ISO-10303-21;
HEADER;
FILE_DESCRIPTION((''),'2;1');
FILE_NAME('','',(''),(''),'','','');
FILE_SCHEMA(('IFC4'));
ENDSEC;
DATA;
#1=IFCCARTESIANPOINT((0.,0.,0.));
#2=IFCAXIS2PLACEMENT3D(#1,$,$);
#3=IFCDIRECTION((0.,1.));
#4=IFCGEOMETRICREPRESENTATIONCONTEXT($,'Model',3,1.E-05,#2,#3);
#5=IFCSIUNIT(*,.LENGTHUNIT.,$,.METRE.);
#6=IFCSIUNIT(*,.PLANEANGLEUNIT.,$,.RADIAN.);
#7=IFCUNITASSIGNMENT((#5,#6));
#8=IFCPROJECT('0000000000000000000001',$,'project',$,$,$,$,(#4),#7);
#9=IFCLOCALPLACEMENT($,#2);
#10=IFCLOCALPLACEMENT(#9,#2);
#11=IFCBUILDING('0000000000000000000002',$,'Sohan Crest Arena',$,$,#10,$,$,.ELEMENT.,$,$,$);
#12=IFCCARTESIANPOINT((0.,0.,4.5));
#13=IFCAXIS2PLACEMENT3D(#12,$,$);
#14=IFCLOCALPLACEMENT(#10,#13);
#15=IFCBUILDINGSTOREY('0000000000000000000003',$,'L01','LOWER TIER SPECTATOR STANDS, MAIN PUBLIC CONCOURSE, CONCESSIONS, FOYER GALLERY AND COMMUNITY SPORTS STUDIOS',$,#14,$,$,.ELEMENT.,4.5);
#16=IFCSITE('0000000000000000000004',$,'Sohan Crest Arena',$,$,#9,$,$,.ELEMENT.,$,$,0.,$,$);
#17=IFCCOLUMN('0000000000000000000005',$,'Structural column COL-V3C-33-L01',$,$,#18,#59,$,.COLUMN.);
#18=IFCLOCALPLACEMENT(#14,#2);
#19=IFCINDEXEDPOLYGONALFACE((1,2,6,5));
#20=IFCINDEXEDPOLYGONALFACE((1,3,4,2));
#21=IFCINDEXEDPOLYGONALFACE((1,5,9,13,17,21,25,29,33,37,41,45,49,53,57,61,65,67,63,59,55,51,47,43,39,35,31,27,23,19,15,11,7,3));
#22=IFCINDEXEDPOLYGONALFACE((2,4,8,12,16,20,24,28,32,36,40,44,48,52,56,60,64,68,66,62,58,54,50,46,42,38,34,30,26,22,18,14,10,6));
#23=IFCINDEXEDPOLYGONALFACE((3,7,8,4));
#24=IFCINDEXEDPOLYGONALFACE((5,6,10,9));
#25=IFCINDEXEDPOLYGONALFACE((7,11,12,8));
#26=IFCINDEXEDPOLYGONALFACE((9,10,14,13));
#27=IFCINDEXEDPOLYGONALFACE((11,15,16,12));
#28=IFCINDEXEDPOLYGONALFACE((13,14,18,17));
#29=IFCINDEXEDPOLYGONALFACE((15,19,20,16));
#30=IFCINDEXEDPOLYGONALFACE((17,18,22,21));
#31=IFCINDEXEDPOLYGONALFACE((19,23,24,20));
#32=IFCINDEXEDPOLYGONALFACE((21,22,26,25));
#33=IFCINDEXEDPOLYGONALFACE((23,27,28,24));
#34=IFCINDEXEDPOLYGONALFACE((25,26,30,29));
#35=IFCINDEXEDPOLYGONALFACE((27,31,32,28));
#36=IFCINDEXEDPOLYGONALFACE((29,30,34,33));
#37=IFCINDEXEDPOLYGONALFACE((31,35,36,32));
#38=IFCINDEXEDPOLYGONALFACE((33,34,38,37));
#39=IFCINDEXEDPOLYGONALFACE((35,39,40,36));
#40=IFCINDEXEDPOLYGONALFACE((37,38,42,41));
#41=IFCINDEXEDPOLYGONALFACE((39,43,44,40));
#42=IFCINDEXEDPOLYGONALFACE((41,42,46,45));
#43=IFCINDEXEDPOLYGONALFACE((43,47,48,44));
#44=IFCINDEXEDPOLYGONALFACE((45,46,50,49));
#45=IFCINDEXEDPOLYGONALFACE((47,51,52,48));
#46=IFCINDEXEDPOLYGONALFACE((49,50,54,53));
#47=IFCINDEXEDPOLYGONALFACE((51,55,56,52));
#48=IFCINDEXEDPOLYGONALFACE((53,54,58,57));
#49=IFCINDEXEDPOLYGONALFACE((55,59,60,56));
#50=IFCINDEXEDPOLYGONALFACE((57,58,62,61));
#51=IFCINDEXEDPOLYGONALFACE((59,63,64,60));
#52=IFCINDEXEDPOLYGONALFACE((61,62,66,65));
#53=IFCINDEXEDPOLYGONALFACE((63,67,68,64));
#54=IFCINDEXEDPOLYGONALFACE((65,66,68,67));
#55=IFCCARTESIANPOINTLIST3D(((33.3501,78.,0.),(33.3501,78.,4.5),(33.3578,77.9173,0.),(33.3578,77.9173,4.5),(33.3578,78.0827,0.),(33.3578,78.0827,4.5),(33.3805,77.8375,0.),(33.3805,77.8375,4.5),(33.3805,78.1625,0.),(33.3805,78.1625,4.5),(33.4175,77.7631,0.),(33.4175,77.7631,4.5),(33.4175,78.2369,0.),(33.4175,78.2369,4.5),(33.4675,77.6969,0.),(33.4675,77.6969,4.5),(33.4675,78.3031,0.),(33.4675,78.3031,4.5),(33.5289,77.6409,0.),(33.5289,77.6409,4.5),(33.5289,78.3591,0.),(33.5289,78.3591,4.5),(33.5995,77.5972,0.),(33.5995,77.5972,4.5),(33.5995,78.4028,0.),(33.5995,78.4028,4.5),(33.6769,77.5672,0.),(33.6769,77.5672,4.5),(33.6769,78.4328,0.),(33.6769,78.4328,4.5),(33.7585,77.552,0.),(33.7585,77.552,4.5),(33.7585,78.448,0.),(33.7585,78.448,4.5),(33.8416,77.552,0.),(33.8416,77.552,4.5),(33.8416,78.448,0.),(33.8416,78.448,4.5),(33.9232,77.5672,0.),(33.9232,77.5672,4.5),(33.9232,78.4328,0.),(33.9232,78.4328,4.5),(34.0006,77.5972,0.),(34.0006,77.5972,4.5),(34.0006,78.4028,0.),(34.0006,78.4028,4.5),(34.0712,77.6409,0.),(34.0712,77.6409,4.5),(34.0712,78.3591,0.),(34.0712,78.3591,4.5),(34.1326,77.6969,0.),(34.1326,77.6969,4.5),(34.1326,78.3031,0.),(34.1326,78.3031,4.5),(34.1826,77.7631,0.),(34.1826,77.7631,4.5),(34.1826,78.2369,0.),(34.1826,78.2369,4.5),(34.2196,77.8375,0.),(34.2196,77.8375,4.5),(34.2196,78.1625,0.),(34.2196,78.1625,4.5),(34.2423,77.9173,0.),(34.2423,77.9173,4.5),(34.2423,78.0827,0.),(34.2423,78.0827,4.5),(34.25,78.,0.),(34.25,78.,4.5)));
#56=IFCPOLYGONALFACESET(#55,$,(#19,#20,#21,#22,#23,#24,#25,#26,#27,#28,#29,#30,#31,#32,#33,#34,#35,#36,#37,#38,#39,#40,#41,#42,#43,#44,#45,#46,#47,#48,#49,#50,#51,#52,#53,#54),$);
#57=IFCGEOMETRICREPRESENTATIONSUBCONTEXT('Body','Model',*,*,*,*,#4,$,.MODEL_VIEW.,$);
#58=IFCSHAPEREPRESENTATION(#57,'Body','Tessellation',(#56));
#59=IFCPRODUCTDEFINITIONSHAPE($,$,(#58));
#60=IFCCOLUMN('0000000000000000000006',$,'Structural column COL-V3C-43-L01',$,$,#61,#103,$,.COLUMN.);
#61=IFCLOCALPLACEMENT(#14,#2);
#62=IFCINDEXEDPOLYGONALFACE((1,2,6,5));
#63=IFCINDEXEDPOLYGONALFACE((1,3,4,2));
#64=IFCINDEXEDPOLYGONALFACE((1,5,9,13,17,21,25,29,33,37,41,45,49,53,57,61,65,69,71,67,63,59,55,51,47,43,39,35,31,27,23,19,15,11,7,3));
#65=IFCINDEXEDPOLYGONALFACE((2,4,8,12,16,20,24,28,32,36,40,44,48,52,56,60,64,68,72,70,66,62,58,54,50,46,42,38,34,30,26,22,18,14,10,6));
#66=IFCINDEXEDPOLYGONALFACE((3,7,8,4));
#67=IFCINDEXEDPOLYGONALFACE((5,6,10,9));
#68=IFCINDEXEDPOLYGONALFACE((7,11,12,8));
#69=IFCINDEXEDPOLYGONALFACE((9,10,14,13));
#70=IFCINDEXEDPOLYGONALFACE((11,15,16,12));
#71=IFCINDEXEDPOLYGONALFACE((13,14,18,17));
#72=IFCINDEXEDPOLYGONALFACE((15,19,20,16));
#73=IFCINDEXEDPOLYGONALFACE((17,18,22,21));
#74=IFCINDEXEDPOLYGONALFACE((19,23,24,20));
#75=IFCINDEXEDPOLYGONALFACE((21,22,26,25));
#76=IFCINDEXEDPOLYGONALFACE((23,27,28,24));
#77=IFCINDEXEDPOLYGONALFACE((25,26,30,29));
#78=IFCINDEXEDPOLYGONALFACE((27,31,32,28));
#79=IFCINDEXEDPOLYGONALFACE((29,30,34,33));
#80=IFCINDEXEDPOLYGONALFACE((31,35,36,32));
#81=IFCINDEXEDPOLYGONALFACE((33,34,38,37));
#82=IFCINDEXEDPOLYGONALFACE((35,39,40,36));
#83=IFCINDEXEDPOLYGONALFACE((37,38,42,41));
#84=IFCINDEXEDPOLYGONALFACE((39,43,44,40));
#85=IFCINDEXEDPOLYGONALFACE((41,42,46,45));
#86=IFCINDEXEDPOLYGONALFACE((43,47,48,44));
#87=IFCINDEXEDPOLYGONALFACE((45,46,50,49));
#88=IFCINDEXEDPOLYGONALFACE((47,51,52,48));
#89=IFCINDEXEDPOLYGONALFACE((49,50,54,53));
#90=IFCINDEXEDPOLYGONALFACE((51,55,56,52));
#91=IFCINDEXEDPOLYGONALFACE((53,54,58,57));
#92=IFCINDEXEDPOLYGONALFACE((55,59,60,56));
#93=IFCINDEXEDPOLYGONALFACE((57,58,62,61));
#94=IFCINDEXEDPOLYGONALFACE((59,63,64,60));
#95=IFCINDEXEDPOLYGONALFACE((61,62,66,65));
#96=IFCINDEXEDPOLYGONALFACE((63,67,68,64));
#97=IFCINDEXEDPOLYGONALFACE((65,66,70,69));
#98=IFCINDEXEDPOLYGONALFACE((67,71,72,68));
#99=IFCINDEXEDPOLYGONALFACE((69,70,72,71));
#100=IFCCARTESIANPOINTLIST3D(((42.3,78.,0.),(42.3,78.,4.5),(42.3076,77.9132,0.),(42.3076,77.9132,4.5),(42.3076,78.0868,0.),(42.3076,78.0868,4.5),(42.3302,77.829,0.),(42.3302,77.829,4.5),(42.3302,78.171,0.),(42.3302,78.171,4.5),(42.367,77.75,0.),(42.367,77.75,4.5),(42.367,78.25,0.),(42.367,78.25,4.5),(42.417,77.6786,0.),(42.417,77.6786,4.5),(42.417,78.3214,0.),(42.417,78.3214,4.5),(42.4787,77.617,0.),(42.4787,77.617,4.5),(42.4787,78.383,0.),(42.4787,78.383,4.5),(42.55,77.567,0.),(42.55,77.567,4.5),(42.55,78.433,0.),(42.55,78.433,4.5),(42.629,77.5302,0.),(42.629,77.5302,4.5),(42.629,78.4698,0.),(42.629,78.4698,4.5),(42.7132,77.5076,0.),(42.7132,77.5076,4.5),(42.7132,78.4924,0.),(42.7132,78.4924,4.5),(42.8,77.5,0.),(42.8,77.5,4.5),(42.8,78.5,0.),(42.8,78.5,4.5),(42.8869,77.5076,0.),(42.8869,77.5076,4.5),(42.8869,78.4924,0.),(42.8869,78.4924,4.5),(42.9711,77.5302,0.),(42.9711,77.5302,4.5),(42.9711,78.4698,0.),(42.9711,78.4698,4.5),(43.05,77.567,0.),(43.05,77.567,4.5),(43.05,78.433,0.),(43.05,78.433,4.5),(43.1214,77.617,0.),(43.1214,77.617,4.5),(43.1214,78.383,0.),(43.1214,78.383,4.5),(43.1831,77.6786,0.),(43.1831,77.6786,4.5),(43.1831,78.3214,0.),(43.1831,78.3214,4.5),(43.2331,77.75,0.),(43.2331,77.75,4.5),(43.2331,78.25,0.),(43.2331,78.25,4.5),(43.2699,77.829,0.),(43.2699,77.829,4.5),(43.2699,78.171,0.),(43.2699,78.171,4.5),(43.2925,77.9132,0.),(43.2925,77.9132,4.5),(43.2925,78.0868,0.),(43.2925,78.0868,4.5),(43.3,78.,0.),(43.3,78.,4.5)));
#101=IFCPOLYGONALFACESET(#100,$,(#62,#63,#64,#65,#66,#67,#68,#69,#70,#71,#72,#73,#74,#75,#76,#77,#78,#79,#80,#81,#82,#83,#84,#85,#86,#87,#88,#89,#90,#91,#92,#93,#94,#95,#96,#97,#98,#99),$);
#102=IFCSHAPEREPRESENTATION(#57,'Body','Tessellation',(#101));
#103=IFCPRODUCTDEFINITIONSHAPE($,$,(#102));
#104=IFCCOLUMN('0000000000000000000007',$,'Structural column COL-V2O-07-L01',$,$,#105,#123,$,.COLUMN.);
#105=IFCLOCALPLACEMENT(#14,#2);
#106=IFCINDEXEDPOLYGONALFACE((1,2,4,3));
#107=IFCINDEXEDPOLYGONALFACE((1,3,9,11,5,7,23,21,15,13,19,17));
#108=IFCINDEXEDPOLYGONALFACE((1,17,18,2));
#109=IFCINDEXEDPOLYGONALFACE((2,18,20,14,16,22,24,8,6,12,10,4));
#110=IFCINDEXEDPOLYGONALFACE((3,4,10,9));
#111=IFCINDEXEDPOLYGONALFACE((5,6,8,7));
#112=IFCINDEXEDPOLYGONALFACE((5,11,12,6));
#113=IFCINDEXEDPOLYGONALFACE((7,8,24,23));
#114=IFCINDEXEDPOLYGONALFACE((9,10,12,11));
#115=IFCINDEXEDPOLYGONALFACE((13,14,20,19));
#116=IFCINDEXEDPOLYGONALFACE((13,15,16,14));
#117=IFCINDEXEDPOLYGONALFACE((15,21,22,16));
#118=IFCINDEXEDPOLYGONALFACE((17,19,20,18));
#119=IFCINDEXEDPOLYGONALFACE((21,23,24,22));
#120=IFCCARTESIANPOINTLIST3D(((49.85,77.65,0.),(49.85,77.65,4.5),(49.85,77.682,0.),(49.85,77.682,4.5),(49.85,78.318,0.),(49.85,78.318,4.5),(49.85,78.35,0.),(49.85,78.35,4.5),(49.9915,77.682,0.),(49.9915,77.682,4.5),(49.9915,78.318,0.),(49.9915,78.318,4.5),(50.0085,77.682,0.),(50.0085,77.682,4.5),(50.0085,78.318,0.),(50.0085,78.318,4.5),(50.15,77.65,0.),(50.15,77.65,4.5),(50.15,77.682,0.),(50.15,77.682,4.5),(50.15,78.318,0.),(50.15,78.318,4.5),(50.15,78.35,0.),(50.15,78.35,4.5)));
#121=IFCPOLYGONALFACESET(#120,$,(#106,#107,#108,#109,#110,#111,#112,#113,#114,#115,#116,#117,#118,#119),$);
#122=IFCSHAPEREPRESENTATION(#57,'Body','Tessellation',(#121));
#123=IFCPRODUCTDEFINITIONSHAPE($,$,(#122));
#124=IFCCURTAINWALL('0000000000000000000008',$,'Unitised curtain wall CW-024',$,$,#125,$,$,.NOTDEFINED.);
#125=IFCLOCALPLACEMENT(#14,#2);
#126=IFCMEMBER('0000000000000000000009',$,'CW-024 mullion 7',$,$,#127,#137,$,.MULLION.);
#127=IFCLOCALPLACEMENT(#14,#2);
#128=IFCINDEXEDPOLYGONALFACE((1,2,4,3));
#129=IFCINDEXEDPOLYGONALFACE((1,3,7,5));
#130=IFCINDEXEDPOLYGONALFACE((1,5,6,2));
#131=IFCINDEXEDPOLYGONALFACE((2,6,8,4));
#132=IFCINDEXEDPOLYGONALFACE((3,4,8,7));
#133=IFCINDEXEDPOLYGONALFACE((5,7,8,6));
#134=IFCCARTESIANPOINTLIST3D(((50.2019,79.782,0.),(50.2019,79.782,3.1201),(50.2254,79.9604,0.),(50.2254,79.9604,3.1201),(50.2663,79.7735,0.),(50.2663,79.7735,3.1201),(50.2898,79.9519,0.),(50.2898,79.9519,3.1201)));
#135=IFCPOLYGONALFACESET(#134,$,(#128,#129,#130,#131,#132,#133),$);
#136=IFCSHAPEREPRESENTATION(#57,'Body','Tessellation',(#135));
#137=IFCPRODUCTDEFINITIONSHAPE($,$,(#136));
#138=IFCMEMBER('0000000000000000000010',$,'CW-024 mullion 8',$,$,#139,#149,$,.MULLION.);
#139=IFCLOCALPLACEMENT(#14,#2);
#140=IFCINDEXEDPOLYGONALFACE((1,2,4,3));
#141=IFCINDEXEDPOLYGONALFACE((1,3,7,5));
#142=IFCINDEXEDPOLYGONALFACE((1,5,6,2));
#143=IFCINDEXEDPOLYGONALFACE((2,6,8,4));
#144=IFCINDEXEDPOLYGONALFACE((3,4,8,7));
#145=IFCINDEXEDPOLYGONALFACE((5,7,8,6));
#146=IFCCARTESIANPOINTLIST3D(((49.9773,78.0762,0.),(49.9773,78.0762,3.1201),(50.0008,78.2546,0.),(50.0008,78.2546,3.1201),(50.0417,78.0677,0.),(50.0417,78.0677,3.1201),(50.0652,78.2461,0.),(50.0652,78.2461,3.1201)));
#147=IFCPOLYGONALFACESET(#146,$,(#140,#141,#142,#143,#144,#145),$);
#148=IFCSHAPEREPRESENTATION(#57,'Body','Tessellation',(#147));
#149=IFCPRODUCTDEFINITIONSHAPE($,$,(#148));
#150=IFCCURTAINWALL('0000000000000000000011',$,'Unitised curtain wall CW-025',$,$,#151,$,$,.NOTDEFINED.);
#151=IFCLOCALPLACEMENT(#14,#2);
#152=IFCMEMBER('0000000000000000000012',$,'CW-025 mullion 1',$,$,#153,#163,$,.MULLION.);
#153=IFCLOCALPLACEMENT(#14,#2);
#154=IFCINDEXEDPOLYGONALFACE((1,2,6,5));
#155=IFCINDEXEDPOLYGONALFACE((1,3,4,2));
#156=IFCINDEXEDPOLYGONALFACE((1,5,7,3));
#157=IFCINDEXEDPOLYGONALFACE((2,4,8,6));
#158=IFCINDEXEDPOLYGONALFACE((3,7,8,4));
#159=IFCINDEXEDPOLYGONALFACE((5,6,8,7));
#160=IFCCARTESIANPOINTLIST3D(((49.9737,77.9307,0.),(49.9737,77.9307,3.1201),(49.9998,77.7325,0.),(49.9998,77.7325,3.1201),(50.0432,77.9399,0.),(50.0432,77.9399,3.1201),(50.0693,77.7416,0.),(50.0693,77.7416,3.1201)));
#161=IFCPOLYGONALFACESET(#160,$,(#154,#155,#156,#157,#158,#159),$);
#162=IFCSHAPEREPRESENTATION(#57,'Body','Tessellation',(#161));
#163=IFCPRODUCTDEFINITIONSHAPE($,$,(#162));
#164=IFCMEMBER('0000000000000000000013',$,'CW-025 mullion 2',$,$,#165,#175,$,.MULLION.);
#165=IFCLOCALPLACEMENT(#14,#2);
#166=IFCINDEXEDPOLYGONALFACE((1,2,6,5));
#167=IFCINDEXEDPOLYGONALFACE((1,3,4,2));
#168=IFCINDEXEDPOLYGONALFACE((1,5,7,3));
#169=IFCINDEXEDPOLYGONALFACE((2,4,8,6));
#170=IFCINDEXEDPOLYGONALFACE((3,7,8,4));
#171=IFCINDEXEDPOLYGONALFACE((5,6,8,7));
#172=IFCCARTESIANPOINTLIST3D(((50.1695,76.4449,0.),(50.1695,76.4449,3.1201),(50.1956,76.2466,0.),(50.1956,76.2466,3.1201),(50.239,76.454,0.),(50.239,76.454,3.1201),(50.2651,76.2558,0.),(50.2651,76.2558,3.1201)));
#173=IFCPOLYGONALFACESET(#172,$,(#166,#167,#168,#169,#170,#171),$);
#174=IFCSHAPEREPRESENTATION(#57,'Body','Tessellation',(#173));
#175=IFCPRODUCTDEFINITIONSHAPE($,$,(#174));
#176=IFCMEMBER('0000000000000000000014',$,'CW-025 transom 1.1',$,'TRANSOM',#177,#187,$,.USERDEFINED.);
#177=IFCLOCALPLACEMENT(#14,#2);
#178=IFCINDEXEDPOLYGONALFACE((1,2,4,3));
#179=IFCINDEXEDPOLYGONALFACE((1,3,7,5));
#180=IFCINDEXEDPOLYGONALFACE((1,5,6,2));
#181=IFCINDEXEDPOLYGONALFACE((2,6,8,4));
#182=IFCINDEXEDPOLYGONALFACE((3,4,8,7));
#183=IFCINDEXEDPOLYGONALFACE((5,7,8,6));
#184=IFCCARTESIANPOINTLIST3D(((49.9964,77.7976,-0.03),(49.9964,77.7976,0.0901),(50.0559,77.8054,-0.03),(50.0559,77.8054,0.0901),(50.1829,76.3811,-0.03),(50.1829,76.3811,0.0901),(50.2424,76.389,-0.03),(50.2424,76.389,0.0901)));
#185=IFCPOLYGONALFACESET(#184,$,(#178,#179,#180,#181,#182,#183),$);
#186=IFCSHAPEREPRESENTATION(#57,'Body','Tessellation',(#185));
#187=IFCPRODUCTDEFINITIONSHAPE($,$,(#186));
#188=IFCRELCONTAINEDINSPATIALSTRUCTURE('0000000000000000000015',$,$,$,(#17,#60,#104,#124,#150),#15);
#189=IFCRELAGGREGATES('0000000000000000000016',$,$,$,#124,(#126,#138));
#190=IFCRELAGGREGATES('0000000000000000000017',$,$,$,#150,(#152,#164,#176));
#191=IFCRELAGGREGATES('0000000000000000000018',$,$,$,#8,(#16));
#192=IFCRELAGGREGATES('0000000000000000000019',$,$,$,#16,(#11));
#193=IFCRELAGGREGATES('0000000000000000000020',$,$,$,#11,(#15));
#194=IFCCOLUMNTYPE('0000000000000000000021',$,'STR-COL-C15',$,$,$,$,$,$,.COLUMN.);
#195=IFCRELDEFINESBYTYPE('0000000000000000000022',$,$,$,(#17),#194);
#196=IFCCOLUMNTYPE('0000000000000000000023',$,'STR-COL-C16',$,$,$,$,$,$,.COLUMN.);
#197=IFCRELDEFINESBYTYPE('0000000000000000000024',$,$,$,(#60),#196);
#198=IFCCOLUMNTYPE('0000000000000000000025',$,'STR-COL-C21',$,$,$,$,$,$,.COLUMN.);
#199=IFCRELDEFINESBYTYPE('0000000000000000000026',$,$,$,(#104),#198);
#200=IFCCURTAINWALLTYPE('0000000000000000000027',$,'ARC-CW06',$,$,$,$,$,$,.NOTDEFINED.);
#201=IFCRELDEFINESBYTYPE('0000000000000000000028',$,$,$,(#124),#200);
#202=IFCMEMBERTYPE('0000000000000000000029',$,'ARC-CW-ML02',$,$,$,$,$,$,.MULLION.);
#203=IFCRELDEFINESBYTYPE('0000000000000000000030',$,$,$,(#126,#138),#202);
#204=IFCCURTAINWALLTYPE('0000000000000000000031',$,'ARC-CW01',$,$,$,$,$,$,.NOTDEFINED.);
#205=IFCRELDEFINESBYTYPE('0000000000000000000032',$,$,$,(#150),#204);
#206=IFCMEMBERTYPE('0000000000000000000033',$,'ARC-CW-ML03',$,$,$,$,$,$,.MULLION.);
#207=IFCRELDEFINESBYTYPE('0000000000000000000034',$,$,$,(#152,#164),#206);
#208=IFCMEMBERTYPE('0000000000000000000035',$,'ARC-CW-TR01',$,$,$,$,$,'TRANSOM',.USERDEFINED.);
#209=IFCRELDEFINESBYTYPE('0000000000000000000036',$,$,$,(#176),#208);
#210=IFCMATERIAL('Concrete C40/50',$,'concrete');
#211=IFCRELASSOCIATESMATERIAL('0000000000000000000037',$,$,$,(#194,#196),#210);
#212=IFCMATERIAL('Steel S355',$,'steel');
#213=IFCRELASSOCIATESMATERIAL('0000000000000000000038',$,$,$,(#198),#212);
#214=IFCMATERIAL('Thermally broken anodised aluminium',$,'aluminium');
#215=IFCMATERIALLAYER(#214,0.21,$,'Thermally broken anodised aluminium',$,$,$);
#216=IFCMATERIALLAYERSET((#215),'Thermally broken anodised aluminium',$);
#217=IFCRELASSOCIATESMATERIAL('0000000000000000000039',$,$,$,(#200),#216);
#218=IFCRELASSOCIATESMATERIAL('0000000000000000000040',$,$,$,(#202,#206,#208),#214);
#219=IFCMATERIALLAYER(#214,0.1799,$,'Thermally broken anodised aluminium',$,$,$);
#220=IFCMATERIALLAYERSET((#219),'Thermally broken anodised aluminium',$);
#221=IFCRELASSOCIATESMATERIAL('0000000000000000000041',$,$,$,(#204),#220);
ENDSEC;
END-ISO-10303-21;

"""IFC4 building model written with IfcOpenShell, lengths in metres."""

from ifc_helpers import new_model, si_unit, direction, frame, origin, origin_2d, place, context, subcontext, project, spatial, rectangle, circle, i_section, extrude, material, layer, layer_set, material_profile, profile_set, type_object, element, aggregate, save


model = new_model("IFC4")

# Units and contexts
model_context = context("Model", 3, precision=1e-05, world=origin(), true_north=direction((0.0, 1.0)))
body_context = subcontext(model_context, "Body", "Model", "MODEL_VIEW")
ifc_project = project(units=[si_unit("LENGTHUNIT", "METRE"), si_unit("PLANEANGLEUNIT", "RADIAN")], contexts=[model_context])

# Site, building, storey
site_placement = place(None, origin())
site = spatial("IfcSite", under=ifc_project, at=site_placement, Name="Sohan Crest Arena", CompositionType="ELEMENT", RefElevation=0.0)
building_placement = place(site_placement, origin())
building = spatial("IfcBuilding", under=site, at=building_placement, Name="Sohan Crest Arena", CompositionType="ELEMENT")
storey_placement = place(building_placement, frame((0.0, 0.0, 4.5)))
storey = spatial("IfcBuildingStorey", under=building, at=storey_placement, Name="L01", Description="LOWER TIER SPECTATOR STANDS, MAIN PUBLIC CONCOURSE, CONCESSIONS, FOYER GALLERY AND COMMUNITY SPORTS STUDIOS", CompositionType="ELEMENT", Elevation=4.5)

# Columns
ifc_material_1 = material(Name="Concrete C40/50", Category="concrete")
ifc_material_profile_1 = material_profile(ifc_material_1, circle(Radius=0.45, at=origin_2d()), Name="RC D900")
ifc_profile_set_1 = profile_set([ifc_material_profile_1], Name="Concrete C40/50")
column_type_1 = type_object("IfcColumnType", Name="STR-COL-C15", PredefinedType="COLUMN", material=ifc_profile_set_1)
column_1_placement = place(storey_placement, frame((33.8, 78.0, 0.0), z_axis=(0.0, 0.0, 1.0), x_axis=(1.0, 0.0, 0.0)))
element("IfcColumn", 1, at=column_1_placement, inside=storey, type_object=column_type_1, Name="Structural column COL-V3C-33-L01", PredefinedType="COLUMN", context=body_context, shape_type="SweptSolid", body=[
    extrude(circle(Radius=0.45, at=origin_2d()), origin(), (0.0, 0.0, 1.0), 4.5),
])
ifc_material_profile_2 = material_profile(ifc_material_1, circle(Radius=0.5, at=origin_2d()), Name="RC D1000")
ifc_profile_set_2 = profile_set([ifc_material_profile_2], Name="Concrete C40/50")
column_type_2 = type_object("IfcColumnType", Name="STR-COL-C16", PredefinedType="COLUMN", material=ifc_profile_set_2)
column_2_placement = place(storey_placement, frame((42.8, 78.0, 0.0), z_axis=(0.0, 0.0, 1.0), x_axis=(1.0, 0.0, 0.0)))
element("IfcColumn", 2, at=column_2_placement, inside=storey, type_object=column_type_2, Name="Structural column COL-V3C-43-L01", PredefinedType="COLUMN", context=body_context, shape_type="SweptSolid", body=[
    extrude(circle(Radius=0.5, at=origin_2d()), origin(), (0.0, 0.0, 1.0), 4.5),
])
ifc_material_2 = material(Name="Steel S355", Category="steel")
ifc_material_profile_3 = material_profile(ifc_material_2, i_section(OverallWidth=0.3, OverallDepth=0.7, WebThickness=0.0171, FlangeThickness=0.032, at=origin_2d()), Name="HEB 700")
ifc_profile_set_3 = profile_set([ifc_material_profile_3], Name="Steel S355")
column_type_3 = type_object("IfcColumnType", Name="STR-COL-C21", PredefinedType="COLUMN", material=ifc_profile_set_3)
column_3_placement = place(storey_placement, frame((50.0, 78.0, 0.0), z_axis=(0.0, 0.0, 1.0), x_axis=(1.0, 0.0, 0.0)))
element("IfcColumn", 3, at=column_3_placement, inside=storey, type_object=column_type_3, Name="Structural column COL-V2O-07-L01", PredefinedType="COLUMN", context=body_context, shape_type="SweptSolid", body=[
    extrude(i_section(OverallWidth=0.3, OverallDepth=0.7, WebThickness=0.0171, FlangeThickness=0.032, at=origin_2d()), origin(), (0.0, 0.0, 1.0), 4.5),
])

# Curtain walls, members
ifc_material_3 = material(Name="Thermally broken anodised aluminium", Category="aluminium")
ifc_layer_1 = layer(ifc_material_3, 0.21, Name="Thermally broken anodised aluminium")
ifc_layer_set_1 = layer_set([ifc_layer_1], Name="Thermally broken anodised aluminium")
curtain_wall_type_1 = type_object("IfcCurtainWallType", Name="ARC-CW06", PredefinedType="NOTDEFINED", material=ifc_layer_set_1)
curtain_wall_1_placement = place(storey_placement, origin())
curtain_wall_1 = element("IfcCurtainWall", 4, at=curtain_wall_1_placement, inside=storey, type_object=curtain_wall_type_1, Name="Unitised curtain wall CW-024", PredefinedType="NOTDEFINED")
ifc_material_profile_4 = material_profile(ifc_material_3, rectangle(XDim=0.0649, YDim=0.1799, at=origin_2d()), Name="ALU-MULL 65x180")
ifc_profile_set_4 = profile_set([ifc_material_profile_4], Name="Thermally broken anodised aluminium")
member_type_1 = type_object("IfcMemberType", Name="ARC-CW-ML02", PredefinedType="MULLION", material=ifc_profile_set_4)
member_1_placement = place(storey_placement, frame((50.2458, 79.8669, 0.0), z_axis=(0.0, 0.0, 1.0), x_axis=(0.99144, -0.130562, 0.0)))
member_1 = element("IfcMember", 5, at=member_1_placement, type_object=member_type_1, Name="CW-024 mullion 7", PredefinedType="MULLION", context=body_context, shape_type="SweptSolid", body=[
    extrude(rectangle(XDim=0.0649, YDim=0.1799, at=origin_2d()), origin(), (0.0, 0.0, 1.0), 3.1201),
])
member_2_placement = place(storey_placement, frame((50.0212, 78.1611, 0.0), z_axis=(0.0, 0.0, 1.0), x_axis=(0.99144, -0.130562, 0.0)))
member_2 = element("IfcMember", 6, at=member_2_placement, type_object=member_type_1, Name="CW-024 mullion 8", PredefinedType="MULLION", context=body_context, shape_type="SweptSolid", body=[
    extrude(rectangle(XDim=0.0649, YDim=0.1799, at=origin_2d()), origin(), (0.0, 0.0, 1.0), 3.1201),
])
ifc_layer_2 = layer(ifc_material_3, 0.1799, Name="Thermally broken anodised aluminium")
ifc_layer_set_2 = layer_set([ifc_layer_2], Name="Thermally broken anodised aluminium")
curtain_wall_type_2 = type_object("IfcCurtainWallType", Name="ARC-CW01", PredefinedType="NOTDEFINED", material=ifc_layer_set_2)
curtain_wall_2_placement = place(storey_placement, origin())
curtain_wall_2 = element("IfcCurtainWall", 7, at=curtain_wall_2_placement, inside=storey, type_object=curtain_wall_type_2, Name="Unitised curtain wall CW-025", PredefinedType="NOTDEFINED")
ifc_material_profile_5 = material_profile(ifc_material_3, rectangle(XDim=0.0701, YDim=0.2, at=origin_2d()), Name="ALU-MULL 70x200")
ifc_profile_set_5 = profile_set([ifc_material_profile_5], Name="Thermally broken anodised aluminium")
member_type_2 = type_object("IfcMemberType", Name="ARC-CW-ML03", PredefinedType="MULLION", material=ifc_profile_set_5)
member_3_placement = place(storey_placement, frame((50.0215, 77.8362, 0.0), z_axis=(0.0, 0.0, 1.0), x_axis=(0.99144, 0.130562, 0.0)))
member_3 = element("IfcMember", 8, at=member_3_placement, type_object=member_type_2, Name="CW-025 mullion 1", PredefinedType="MULLION", context=body_context, shape_type="SweptSolid", body=[
    extrude(rectangle(XDim=0.0701, YDim=0.2, at=origin_2d()), origin(), (0.0, 0.0, 1.0), 3.1201),
])
member_4_placement = place(storey_placement, frame((50.2173, 76.3503, 0.0), z_axis=(0.0, 0.0, 1.0), x_axis=(0.99144, 0.130562, 0.0)))
member_4 = element("IfcMember", 9, at=member_4_placement, type_object=member_type_2, Name="CW-025 mullion 2", PredefinedType="MULLION", context=body_context, shape_type="SweptSolid", body=[
    extrude(rectangle(XDim=0.0701, YDim=0.2, at=origin_2d()), origin(), (0.0, 0.0, 1.0), 3.1201),
])
ifc_material_profile_6 = material_profile(ifc_material_3, rectangle(XDim=0.0601, YDim=0.1201, at=origin_2d()), Name="ALU-TRAN 60x120")
ifc_profile_set_6 = profile_set([ifc_material_profile_6], Name="Thermally broken anodised aluminium")
member_type_3 = type_object("IfcMemberType", Name="ARC-CW-TR01", ElementType="TRANSOM", PredefinedType="USERDEFINED", material=ifc_profile_set_6)
member_5_placement = place(storey_placement, frame((50.0261, 77.8015, 0.03), z_axis=(0.130552, -0.991441, 0.0), x_axis=(0.991441, 0.130552, 0.0)))
member_5 = element("IfcMember", 10, at=member_5_placement, type_object=member_type_3, Name="CW-025 transom 1.1", ObjectType="TRANSOM", PredefinedType="USERDEFINED", context=body_context, shape_type="SweptSolid", body=[
    extrude(rectangle(XDim=0.0601, YDim=0.1201, at=origin_2d()), origin(), (0.0, 0.0, 1.0), 1.4287),
])

aggregate(curtain_wall_1, [member_1, member_2])
aggregate(curtain_wall_2, [member_3, member_4, member_5])

save(model, "model.ifc")
